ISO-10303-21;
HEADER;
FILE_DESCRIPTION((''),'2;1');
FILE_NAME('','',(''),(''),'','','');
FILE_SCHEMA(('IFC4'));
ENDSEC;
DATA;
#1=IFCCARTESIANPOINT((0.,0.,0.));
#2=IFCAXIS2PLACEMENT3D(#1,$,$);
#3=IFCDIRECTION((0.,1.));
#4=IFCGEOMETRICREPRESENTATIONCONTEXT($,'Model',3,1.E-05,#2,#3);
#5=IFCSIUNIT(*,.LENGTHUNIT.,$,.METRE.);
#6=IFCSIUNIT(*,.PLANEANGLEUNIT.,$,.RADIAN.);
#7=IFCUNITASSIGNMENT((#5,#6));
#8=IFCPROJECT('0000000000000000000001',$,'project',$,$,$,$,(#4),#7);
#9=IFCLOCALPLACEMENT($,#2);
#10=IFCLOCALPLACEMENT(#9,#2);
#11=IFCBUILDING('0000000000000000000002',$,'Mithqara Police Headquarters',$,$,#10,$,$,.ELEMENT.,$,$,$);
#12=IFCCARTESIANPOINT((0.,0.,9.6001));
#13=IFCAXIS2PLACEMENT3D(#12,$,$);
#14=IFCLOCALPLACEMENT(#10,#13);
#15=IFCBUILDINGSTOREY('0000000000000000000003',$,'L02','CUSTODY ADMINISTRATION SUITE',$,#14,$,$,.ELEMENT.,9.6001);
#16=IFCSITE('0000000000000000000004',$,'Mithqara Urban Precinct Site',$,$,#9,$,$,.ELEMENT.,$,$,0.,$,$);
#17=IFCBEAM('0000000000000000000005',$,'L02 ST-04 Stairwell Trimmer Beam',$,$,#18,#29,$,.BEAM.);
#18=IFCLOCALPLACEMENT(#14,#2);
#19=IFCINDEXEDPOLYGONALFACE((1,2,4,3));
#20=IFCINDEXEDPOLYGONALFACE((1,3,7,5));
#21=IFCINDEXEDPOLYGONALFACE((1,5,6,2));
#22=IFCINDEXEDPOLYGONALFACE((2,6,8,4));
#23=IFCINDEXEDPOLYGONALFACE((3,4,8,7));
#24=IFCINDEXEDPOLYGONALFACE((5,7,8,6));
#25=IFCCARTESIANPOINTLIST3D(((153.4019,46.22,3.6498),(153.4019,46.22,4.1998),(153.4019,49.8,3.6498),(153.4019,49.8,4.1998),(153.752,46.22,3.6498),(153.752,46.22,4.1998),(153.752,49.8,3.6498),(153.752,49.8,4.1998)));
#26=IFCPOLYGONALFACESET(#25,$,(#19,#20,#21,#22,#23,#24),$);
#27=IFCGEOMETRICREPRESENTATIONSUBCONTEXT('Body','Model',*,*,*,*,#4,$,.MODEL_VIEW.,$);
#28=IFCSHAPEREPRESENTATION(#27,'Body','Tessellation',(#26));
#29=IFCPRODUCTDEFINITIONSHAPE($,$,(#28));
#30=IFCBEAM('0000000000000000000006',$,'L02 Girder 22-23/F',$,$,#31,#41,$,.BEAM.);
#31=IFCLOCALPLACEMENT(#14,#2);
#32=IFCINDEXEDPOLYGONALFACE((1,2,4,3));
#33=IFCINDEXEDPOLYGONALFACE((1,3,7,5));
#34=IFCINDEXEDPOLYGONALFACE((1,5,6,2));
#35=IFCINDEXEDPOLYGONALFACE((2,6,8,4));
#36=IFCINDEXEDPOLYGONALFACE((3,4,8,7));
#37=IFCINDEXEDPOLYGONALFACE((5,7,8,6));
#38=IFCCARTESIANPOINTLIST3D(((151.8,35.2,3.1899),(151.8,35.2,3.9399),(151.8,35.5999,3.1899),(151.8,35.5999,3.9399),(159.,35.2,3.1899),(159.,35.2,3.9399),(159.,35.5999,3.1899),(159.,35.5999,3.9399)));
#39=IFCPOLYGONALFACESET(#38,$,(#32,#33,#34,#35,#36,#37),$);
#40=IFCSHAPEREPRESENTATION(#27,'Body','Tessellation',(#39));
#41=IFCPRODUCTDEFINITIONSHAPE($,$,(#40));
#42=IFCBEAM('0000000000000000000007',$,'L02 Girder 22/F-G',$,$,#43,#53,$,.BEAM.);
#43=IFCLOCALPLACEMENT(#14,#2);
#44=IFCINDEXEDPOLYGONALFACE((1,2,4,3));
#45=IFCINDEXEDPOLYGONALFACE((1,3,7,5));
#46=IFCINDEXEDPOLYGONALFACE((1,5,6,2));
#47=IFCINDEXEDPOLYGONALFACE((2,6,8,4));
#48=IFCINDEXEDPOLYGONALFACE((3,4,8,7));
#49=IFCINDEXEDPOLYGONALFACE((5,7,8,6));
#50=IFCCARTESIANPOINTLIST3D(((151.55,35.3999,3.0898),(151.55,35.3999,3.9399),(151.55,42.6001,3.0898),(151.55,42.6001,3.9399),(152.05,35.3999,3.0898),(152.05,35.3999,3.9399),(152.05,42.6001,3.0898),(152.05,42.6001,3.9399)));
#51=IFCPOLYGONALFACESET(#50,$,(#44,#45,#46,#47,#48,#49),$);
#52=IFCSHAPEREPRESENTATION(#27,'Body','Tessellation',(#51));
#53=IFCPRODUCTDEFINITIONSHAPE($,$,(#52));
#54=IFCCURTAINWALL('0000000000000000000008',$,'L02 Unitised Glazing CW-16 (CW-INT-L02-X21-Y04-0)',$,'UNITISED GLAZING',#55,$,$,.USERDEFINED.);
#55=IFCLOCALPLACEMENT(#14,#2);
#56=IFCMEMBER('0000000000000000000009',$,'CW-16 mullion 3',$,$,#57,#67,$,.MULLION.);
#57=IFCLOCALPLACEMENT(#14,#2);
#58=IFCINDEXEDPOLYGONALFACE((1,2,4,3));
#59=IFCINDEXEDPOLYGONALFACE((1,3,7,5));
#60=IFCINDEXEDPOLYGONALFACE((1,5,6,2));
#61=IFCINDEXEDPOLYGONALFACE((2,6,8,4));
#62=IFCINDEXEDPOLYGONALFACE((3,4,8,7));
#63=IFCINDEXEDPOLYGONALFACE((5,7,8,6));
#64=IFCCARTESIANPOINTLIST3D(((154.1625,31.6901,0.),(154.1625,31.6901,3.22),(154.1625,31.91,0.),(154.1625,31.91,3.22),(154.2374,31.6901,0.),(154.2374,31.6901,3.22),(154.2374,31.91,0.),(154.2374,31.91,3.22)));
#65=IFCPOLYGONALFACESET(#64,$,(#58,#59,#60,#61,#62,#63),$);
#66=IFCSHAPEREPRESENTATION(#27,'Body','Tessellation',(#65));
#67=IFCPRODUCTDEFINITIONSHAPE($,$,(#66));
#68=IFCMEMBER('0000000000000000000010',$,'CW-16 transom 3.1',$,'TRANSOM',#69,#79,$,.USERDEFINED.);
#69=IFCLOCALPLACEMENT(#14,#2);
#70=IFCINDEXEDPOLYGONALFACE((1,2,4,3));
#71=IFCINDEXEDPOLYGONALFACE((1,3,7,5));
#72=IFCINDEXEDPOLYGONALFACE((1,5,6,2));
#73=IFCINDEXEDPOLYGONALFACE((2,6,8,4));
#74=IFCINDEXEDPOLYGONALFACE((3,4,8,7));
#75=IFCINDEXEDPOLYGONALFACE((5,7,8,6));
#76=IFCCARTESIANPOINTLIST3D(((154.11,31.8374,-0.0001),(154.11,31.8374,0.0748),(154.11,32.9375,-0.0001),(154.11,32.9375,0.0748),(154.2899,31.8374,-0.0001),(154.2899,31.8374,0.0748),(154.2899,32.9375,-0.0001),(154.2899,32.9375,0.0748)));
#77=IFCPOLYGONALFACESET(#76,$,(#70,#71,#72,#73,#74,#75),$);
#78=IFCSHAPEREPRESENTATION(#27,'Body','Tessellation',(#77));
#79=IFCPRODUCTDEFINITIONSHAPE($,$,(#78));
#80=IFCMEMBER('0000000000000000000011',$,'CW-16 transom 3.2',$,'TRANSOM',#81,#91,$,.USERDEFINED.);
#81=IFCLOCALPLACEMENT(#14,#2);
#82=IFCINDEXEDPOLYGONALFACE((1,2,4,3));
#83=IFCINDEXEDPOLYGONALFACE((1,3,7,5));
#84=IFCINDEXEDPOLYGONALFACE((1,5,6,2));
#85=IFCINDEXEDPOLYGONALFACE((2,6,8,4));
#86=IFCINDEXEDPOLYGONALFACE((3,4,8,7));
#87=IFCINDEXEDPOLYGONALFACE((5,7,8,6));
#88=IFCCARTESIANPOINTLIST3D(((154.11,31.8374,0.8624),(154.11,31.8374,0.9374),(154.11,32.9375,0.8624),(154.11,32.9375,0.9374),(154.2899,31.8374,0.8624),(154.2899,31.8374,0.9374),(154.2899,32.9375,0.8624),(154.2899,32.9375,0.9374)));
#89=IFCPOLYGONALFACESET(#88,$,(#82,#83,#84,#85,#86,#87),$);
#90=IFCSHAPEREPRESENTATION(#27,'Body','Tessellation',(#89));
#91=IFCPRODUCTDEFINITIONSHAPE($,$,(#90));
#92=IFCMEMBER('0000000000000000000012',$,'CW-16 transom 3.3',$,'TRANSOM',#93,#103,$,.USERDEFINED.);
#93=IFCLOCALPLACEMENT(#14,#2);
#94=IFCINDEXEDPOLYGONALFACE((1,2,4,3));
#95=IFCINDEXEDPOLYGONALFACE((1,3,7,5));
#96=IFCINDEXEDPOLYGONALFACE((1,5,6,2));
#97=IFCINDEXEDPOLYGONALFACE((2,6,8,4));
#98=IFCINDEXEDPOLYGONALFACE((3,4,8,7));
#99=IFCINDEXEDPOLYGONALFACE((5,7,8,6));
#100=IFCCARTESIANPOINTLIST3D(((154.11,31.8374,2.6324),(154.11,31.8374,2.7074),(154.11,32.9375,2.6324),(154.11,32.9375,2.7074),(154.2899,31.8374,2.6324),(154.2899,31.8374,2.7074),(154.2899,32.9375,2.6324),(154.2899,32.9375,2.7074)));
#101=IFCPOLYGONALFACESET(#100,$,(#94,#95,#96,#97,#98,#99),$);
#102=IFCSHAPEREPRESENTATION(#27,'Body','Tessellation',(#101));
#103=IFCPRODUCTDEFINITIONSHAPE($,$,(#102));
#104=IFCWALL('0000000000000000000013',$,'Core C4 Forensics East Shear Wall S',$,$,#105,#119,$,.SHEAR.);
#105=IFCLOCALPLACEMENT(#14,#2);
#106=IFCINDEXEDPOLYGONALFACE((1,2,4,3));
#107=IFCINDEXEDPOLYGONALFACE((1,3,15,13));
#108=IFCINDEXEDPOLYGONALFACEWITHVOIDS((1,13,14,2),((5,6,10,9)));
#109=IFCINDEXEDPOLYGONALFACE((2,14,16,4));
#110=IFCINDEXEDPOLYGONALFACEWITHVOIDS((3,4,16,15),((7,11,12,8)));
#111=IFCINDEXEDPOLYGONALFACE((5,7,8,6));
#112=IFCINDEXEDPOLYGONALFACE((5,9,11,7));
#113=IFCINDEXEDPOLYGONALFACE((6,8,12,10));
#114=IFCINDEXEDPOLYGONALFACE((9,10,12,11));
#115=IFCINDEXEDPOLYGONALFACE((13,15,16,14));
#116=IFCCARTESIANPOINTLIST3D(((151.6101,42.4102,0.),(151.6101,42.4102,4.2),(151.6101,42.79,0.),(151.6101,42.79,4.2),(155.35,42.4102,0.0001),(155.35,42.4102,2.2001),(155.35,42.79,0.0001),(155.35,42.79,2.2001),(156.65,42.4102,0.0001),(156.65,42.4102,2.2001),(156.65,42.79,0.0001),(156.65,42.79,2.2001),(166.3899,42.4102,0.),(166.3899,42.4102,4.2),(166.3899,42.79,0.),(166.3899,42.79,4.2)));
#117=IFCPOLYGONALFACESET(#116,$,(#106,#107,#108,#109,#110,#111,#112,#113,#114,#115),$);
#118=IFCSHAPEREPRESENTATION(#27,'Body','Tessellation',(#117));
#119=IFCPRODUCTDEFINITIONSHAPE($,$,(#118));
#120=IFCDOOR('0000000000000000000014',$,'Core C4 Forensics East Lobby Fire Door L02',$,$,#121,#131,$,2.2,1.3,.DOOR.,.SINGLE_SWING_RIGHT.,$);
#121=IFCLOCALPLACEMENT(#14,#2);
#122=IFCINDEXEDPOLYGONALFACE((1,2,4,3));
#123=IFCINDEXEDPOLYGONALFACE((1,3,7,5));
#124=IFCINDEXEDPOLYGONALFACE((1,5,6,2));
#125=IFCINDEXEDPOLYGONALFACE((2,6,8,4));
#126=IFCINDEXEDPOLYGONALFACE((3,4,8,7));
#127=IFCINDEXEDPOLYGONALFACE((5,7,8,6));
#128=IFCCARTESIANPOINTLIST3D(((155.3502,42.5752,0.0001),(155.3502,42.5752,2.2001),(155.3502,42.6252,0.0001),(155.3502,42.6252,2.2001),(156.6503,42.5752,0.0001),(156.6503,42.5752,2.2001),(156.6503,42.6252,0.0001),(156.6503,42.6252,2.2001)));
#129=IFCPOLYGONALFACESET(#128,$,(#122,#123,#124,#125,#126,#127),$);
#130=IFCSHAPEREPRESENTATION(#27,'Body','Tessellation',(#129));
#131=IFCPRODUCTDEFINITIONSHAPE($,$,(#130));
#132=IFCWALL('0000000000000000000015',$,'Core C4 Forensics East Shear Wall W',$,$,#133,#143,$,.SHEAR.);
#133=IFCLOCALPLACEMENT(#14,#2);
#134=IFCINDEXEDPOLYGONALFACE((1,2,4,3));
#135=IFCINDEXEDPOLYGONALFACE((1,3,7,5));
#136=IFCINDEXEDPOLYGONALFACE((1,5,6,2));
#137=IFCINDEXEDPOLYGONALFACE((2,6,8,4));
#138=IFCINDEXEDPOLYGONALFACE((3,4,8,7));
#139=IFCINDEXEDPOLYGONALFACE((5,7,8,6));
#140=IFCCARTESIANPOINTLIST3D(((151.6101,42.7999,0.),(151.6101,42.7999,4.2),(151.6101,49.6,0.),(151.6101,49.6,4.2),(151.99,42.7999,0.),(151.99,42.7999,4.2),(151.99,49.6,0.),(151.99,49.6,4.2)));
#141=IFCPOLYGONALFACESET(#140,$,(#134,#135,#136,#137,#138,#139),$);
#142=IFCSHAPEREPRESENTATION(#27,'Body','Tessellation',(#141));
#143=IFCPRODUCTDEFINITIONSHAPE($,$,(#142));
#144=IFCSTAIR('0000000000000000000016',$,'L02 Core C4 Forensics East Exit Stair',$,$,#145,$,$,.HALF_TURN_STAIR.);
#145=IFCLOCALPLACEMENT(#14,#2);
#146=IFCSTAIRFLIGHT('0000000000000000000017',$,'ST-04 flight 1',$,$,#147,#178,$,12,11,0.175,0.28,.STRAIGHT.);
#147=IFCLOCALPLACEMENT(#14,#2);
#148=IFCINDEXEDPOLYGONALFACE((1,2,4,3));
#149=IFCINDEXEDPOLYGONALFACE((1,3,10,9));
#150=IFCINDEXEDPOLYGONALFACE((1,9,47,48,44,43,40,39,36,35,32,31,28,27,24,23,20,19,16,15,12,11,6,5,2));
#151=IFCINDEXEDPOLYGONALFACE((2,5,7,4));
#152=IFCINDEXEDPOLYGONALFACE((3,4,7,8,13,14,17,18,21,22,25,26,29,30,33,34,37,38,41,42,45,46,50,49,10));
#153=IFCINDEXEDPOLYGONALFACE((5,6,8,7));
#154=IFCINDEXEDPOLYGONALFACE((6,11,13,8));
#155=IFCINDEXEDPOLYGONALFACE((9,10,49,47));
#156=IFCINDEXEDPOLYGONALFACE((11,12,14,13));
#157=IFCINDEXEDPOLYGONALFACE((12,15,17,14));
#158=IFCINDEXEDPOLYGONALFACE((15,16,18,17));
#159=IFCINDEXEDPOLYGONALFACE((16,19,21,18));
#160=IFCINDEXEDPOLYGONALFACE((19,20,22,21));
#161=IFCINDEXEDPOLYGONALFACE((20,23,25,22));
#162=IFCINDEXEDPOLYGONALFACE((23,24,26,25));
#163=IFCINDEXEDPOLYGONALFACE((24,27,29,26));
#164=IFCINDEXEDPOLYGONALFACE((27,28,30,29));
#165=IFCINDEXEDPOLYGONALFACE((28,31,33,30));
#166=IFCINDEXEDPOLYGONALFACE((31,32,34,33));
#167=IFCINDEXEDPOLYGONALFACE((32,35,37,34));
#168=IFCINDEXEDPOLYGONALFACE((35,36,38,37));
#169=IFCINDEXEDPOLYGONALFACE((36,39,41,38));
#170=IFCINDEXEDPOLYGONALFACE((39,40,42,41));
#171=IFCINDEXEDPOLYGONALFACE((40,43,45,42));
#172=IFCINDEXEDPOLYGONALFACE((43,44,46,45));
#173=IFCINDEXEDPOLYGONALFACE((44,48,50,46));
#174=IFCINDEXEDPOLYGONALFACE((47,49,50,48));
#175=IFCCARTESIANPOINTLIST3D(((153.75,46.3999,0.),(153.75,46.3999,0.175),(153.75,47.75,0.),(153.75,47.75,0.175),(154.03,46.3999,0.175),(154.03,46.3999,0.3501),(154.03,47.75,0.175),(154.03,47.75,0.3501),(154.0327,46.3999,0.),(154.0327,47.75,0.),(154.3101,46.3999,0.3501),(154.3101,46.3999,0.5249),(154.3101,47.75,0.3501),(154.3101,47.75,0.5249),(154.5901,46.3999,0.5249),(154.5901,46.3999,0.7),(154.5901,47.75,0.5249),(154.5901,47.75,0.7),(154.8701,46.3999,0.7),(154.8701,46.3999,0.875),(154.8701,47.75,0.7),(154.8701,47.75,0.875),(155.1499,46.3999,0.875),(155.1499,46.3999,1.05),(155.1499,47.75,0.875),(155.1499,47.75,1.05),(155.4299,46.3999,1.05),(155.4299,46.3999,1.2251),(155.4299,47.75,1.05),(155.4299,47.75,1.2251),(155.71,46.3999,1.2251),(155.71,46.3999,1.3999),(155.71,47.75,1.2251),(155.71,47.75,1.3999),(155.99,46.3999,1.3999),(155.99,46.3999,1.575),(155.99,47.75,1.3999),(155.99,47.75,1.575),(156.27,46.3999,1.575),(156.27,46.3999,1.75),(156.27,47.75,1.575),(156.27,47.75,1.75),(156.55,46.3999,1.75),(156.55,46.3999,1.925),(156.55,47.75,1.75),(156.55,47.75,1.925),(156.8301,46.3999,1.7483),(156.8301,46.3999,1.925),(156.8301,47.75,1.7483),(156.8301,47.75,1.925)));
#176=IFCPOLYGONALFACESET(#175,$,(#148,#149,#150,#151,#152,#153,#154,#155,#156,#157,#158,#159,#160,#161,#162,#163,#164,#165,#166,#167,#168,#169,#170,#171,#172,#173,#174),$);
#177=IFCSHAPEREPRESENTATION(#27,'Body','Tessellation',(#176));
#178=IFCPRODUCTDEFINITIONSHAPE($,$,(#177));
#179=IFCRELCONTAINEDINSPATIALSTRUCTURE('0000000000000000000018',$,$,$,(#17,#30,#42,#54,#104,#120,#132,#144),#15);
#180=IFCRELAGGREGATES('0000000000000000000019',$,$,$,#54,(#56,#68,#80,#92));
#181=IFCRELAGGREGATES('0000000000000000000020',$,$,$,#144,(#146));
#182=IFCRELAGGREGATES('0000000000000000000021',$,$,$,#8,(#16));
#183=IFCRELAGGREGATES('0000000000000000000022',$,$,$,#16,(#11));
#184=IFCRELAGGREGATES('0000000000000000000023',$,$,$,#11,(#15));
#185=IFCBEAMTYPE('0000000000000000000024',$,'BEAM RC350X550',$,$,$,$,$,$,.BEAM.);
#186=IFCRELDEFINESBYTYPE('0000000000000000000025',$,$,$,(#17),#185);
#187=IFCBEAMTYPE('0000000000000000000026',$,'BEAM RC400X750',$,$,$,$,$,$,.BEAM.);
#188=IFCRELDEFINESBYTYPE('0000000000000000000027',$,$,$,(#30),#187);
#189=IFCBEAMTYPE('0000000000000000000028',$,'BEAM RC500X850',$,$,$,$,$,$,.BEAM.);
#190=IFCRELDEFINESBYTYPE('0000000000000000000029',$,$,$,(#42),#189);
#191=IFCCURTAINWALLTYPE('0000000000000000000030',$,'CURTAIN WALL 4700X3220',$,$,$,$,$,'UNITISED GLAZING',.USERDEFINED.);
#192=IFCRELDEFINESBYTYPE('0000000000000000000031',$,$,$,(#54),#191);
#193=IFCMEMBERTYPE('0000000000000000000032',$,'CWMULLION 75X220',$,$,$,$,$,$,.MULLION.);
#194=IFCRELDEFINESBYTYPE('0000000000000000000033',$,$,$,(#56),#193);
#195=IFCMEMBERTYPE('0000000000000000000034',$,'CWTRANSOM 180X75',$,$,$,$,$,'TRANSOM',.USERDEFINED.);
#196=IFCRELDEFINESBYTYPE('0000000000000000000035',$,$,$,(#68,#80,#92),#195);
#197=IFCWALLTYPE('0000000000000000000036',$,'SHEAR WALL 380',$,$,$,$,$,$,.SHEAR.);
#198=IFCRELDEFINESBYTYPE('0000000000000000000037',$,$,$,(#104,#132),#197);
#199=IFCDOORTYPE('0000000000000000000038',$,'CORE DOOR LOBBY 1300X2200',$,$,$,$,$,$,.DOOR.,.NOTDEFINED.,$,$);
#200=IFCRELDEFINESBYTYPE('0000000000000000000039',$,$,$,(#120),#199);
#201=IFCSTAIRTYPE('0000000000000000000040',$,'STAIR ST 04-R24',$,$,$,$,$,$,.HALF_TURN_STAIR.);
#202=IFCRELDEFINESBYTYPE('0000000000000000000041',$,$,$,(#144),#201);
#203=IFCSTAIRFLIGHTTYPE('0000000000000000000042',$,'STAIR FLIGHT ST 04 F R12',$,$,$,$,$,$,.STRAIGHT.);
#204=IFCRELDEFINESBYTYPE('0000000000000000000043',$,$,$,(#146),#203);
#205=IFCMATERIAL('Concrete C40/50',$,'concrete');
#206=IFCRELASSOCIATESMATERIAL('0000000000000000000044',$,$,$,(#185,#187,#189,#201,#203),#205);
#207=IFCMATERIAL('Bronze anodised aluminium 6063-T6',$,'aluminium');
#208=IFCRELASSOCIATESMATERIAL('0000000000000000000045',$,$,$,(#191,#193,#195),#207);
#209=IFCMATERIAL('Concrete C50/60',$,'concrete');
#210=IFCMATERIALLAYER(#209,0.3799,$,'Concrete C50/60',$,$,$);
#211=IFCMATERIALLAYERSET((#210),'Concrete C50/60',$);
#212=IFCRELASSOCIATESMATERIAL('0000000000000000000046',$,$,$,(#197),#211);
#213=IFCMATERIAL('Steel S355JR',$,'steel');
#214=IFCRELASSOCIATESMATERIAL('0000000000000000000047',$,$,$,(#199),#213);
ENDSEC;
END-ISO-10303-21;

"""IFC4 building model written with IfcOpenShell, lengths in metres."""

from ifc_helpers import new_model, si_unit, direction, frame, frame_2d, origin, origin_2d, place, context, subcontext, project, spatial, polyline, rectangle, outline, extrude, material, layer, layer_set, material_profile, profile_set, type_object, element, fill, aggregate, save


model = new_model("IFC4")

# Units and contexts
model_context = context("Model", 3, precision=1e-05, world=origin(), true_north=direction((0.0, 1.0)))
body_context = subcontext(model_context, "Body", "Model", "MODEL_VIEW")
ifc_project = project(units=[si_unit("LENGTHUNIT", "METRE"), si_unit("PLANEANGLEUNIT", "RADIAN")], contexts=[model_context])

# Site, building, storey
site_placement = place(None, origin())
site = spatial("IfcSite", under=ifc_project, at=site_placement, Name="Mithqara Urban Precinct Site", CompositionType="ELEMENT", RefElevation=0.0)
building_placement = place(site_placement, origin())
building = spatial("IfcBuilding", under=site, at=building_placement, Name="Mithqara Police Headquarters", CompositionType="ELEMENT")
storey_placement = place(building_placement, frame((0.0, 0.0, 9.6001)))
storey = spatial("IfcBuildingStorey", under=building, at=storey_placement, Name="L02", Description="CUSTODY ADMINISTRATION SUITE", CompositionType="ELEMENT", Elevation=9.6001)

# Shared definitions
ifc_material_1 = material(Name="Concrete C50/60", Category="concrete")

# Beams
ifc_material_2 = material(Name="Steel S355JR", Category="steel")
ifc_material_3 = material(Name="Concrete C40/50", Category="concrete")
ifc_material_profile_1 = material_profile(ifc_material_3, rectangle(XDim=0.3501, YDim=0.55, at=origin_2d()), Name="RC 350x550")
ifc_profile_set_1 = profile_set([ifc_material_profile_1], Name="Concrete C40/50")
beam_type_1 = type_object("IfcBeamType", Name="BEAM RC350X550", PredefinedType="BEAM", material=ifc_profile_set_1)
beam_1_placement = place(storey_placement, frame((153.5769, 46.22, 3.9248), z_axis=(0.0, 1.0, 0.0), x_axis=(-1.0, 0.0, 0.0)))
element("IfcBeam", 1, at=beam_1_placement, inside=storey, type_object=beam_type_1, Name="L02 ST-04 Stairwell Trimmer Beam", PredefinedType="BEAM", context=body_context, shape_type="SweptSolid", body=[
    extrude(rectangle(XDim=0.3501, YDim=0.55, at=origin_2d()), origin(), (0.0, 0.0, 1.0), 3.5801),
])
ifc_material_profile_2 = material_profile(ifc_material_3, rectangle(XDim=0.3999, YDim=0.75, at=origin_2d()), Name="RC 400x750")
ifc_profile_set_2 = profile_set([ifc_material_profile_2], Name="Concrete C40/50")
beam_type_2 = type_object("IfcBeamType", Name="BEAM RC400X750", PredefinedType="BEAM", material=ifc_profile_set_2)
beam_2_placement = place(storey_placement, frame((151.8, 35.3999, 3.5649), z_axis=(1.0, 0.0, 0.0), x_axis=(0.0, 1.0, 0.0)))
element("IfcBeam", 2, at=beam_2_placement, inside=storey, type_object=beam_type_2, Name="L02 Girder 22-23/F", PredefinedType="BEAM", context=body_context, shape_type="SweptSolid", body=[
    extrude(rectangle(XDim=0.3999, YDim=0.75, at=origin_2d()), origin(), (0.0, 0.0, 1.0), 7.2),
])
ifc_material_profile_3 = material_profile(ifc_material_3, rectangle(XDim=0.5, YDim=0.8501, at=origin_2d()), Name="RC 500x850")
ifc_profile_set_3 = profile_set([ifc_material_profile_3], Name="Concrete C40/50")
beam_type_3 = type_object("IfcBeamType", Name="BEAM RC500X850", PredefinedType="BEAM", material=ifc_profile_set_3)
beam_3_placement = place(storey_placement, frame((151.8, 35.3999, 3.5149), z_axis=(0.0, 1.0, 0.0), x_axis=(-1.0, 0.0, 0.0)))
element("IfcBeam", 3, at=beam_3_placement, inside=storey, type_object=beam_type_3, Name="L02 Girder 22/F-G", PredefinedType="BEAM", context=body_context, shape_type="SweptSolid", body=[
    extrude(rectangle(XDim=0.5, YDim=0.8501, at=origin_2d()), origin(), (0.0, 0.0, 1.0), 7.2002),
])

# Curtain wall, members
ifc_material_4 = material(Name="Bronze anodised aluminium 6063-T6", Category="aluminium")
curtain_wall_type = type_object("IfcCurtainWallType", Name="CURTAIN WALL 4700X3220", ElementType="UNITISED GLAZING", PredefinedType="USERDEFINED", material=ifc_material_4)
curtain_wall_placement = place(storey_placement, origin())
curtain_wall = element("IfcCurtainWall", 4, at=curtain_wall_placement, inside=storey, type_object=curtain_wall_type, Name="L02 Unitised Glazing CW-16 (CW-INT-L02-X21-Y04-0)", ObjectType="UNITISED GLAZING", PredefinedType="USERDEFINED")
ifc_material_profile_4 = material_profile(ifc_material_4, rectangle(XDim=0.075, YDim=0.22, at=origin_2d()), Name="CWM 75x220")
ifc_profile_set_4 = profile_set([ifc_material_profile_4], Name="Bronze anodised aluminium 6063-T6")
member_type_1 = type_object("IfcMemberType", Name="CWMULLION 75X220", PredefinedType="MULLION", material=ifc_profile_set_4)
member_1_placement = place(storey_placement, frame((154.2, 31.8, 0.0), z_axis=(0.0, 0.0, 1.0), x_axis=(-1.0, 0.0, 0.0)))
member_1 = element("IfcMember", 5, at=member_1_placement, type_object=member_type_1, Name="CW-16 mullion 3", PredefinedType="MULLION", context=body_context, shape_type="SweptSolid", body=[
    extrude(rectangle(XDim=0.075, YDim=0.22, at=origin_2d()), origin(), (0.0, 0.0, 1.0), 3.22),
])
ifc_material_profile_5 = material_profile(ifc_material_4, rectangle(XDim=0.1799, YDim=0.075, at=origin_2d()), Name="CWT 180x75")
ifc_profile_set_5 = profile_set([ifc_material_profile_5], Name="Bronze anodised aluminium 6063-T6")
member_type_2 = type_object("IfcMemberType", Name="CWTRANSOM 180X75", ElementType="TRANSOM", PredefinedType="USERDEFINED", material=ifc_profile_set_5)
member_2_placement = place(storey_placement, frame((154.2, 31.8374, 0.0374), z_axis=(0.0, 1.0, 0.0), x_axis=(-1.0, 0.0, 0.0)))
member_2 = element("IfcMember", 6, at=member_2_placement, type_object=member_type_2, Name="CW-16 transom 3.1", ObjectType="TRANSOM", PredefinedType="USERDEFINED", context=body_context, shape_type="SweptSolid", body=[
    extrude(rectangle(XDim=0.1799, YDim=0.075, at=origin_2d()), origin(), (0.0, 0.0, 1.0), 1.1001),
])
member_3_placement = place(storey_placement, frame((154.2, 31.8374, 0.8999), z_axis=(0.0, 1.0, 0.0), x_axis=(-1.0, 0.0, 0.0)))
member_3 = element("IfcMember", 7, at=member_3_placement, type_object=member_type_2, Name="CW-16 transom 3.2", ObjectType="TRANSOM", PredefinedType="USERDEFINED", context=body_context, shape_type="SweptSolid", body=[
    extrude(rectangle(XDim=0.1799, YDim=0.075, at=origin_2d()), origin(), (0.0, 0.0, 1.0), 1.1001),
])
member_4_placement = place(storey_placement, frame((154.2, 31.8374, 2.6699), z_axis=(0.0, 1.0, 0.0), x_axis=(-1.0, 0.0, 0.0)))
member_4 = element("IfcMember", 8, at=member_4_placement, type_object=member_type_2, Name="CW-16 transom 3.3", ObjectType="TRANSOM", PredefinedType="USERDEFINED", context=body_context, shape_type="SweptSolid", body=[
    extrude(rectangle(XDim=0.1799, YDim=0.075, at=origin_2d()), origin(), (0.0, 0.0, 1.0), 1.1001),
])
aggregate(curtain_wall, [member_1, member_2, member_3, member_4])

# Wall, opening, door
ifc_layer = layer(ifc_material_1, 0.3799, Name="Concrete C50/60")
ifc_layer_set = layer_set([ifc_layer], Name="Concrete C50/60")
wall_type = type_object("IfcWallType", Name="SHEAR WALL 380", PredefinedType="SHEAR", material=ifc_layer_set)
wall_1_placement = place(storey_placement, frame((151.6101, 42.6001, 0.0), z_axis=(0.0, 0.0, 1.0), x_axis=(1.0, 0.0, 0.0)))
wall_1 = element("IfcWall", 9, at=wall_1_placement, inside=storey, type_object=wall_type, Name="Core C4 Forensics East Shear Wall S", PredefinedType="SHEAR", context=body_context, shape_type="SweptSolid", body=[
    extrude(rectangle(XDim=14.7798, YDim=0.3799, at=frame_2d((7.3899, 0.0))), origin(), (0.0, 0.0, 1.0), 4.2),
])
opening_1_placement = place(wall_1_placement, frame((3.74, 0.0, 0.0)))
opening_1 = element("IfcOpeningElement", 10, at=opening_1_placement, cuts=wall_1, PredefinedType="OPENING", context=body_context, shape_type="SweptSolid", body=[
    extrude(rectangle(XDim=1.3, YDim=2.2, at=frame_2d((0.6499, 1.1001))), frame((0.0, 0.2, 0.0), z_axis=(0.0, -1.0, 0.0), x_axis=(1.0, 0.0, 0.0)), (0.0, 0.0, 1.0), 0.3999),
])
door_type_1 = type_object("IfcDoorType", Name="CORE DOOR LOBBY 1300X2200", OperationType="NOTDEFINED", PredefinedType="DOOR", material=ifc_material_2)
door_1_placement = place(opening_1_placement, frame((1.3, 0.0, 0.0), z_axis=(0.0, 0.0, 1.0), x_axis=(-1.0, 0.0, 0.0)))
door_1 = element("IfcDoor", 11, at=door_1_placement, inside=storey, type_object=door_type_1, Name="Core C4 Forensics East Lobby Fire Door L02", OperationType="SINGLE_SWING_RIGHT", OverallHeight=2.2, OverallWidth=1.3, PredefinedType="DOOR", context=body_context, shape_type="SweptSolid", body=[
    extrude(rectangle(XDim=1.3, YDim=2.2, at=frame_2d((0.6499, 1.1001))), frame((0.0, 0.0249, 0.0), z_axis=(0.0, -1.0, 0.0), x_axis=(1.0, 0.0, 0.0)), (0.0, 0.0, 1.0), 0.05),
])
fill(opening_1, door_1)

# Wall
wall_2_placement = place(storey_placement, frame((151.8, 42.8, 0.0), z_axis=(0.0, 0.0, 1.0), x_axis=(0.0, 1.0, 0.0)))
element("IfcWall", 12, at=wall_2_placement, inside=storey, type_object=wall_type, Name="Core C4 Forensics East Shear Wall W", PredefinedType="SHEAR", context=body_context, shape_type="SweptSolid", body=[
    extrude(rectangle(XDim=6.8, YDim=0.3799, at=frame_2d((3.3999, 0.0))), origin(), (0.0, 0.0, 1.0), 4.2),
])

# Stair, stair flight
stair_type = type_object("IfcStairType", Name="STAIR ST 04-R24", PredefinedType="HALF_TURN_STAIR", material=ifc_material_3)
stair_placement = place(storey_placement, origin())
stair = element("IfcStair", 13, at=stair_placement, inside=storey, type_object=stair_type, Name="L02 Core C4 Forensics East Exit Stair", PredefinedType="HALF_TURN_STAIR")
stair_flight_type = type_object("IfcStairFlightType", Name="STAIR FLIGHT ST 04 F R12", PredefinedType="STRAIGHT", material=ifc_material_3)
stair_flight_placement = place(storey_placement, frame((153.75, 47.075, 0.0), z_axis=(0.0, 0.0, 1.0), x_axis=(1.0, 0.0, 0.0)))
stair_flight = element("IfcStairFlight", 14, at=stair_flight_placement, type_object=stair_flight_type, Name="ST-04 flight 1", NumberOfRisers=12, NumberOfTreads=11, PredefinedType="STRAIGHT", RiserHeight=0.175, TreadLength=0.28, context=body_context, shape_type="SweptSolid", body=[
    extrude(outline(polyline([(0.0, 0.0), (0.0, 0.175), (0.28, 0.175), (0.28, 0.3501), (0.5601, 0.3501), (0.5601, 0.5249), (0.8401, 0.5249), (0.8401, 0.7), (1.1201, 0.7), (1.1201, 0.875), (1.3999, 0.875), (1.3999, 1.05), (1.6799, 1.05), (1.6799, 1.2251), (1.96, 1.2251), (1.96, 1.3999), (2.24, 1.3999), (2.24, 1.575), (2.52, 1.575), (2.52, 1.75), (2.8, 1.75), (2.8, 1.925), (3.0801, 1.925), (3.0801, 2.1001), (3.0801, 1.7483), (0.2827, 0.0), (0.0, 0.0)])), frame((0.0, 0.675, 0.0), z_axis=(0.0, -1.0, 0.0), x_axis=(1.0, 0.0, 0.0)), (0.0, 0.0, 1.0), 1.3501),
])
aggregate(stair, [stair_flight])

save(model, "model.ifc")
